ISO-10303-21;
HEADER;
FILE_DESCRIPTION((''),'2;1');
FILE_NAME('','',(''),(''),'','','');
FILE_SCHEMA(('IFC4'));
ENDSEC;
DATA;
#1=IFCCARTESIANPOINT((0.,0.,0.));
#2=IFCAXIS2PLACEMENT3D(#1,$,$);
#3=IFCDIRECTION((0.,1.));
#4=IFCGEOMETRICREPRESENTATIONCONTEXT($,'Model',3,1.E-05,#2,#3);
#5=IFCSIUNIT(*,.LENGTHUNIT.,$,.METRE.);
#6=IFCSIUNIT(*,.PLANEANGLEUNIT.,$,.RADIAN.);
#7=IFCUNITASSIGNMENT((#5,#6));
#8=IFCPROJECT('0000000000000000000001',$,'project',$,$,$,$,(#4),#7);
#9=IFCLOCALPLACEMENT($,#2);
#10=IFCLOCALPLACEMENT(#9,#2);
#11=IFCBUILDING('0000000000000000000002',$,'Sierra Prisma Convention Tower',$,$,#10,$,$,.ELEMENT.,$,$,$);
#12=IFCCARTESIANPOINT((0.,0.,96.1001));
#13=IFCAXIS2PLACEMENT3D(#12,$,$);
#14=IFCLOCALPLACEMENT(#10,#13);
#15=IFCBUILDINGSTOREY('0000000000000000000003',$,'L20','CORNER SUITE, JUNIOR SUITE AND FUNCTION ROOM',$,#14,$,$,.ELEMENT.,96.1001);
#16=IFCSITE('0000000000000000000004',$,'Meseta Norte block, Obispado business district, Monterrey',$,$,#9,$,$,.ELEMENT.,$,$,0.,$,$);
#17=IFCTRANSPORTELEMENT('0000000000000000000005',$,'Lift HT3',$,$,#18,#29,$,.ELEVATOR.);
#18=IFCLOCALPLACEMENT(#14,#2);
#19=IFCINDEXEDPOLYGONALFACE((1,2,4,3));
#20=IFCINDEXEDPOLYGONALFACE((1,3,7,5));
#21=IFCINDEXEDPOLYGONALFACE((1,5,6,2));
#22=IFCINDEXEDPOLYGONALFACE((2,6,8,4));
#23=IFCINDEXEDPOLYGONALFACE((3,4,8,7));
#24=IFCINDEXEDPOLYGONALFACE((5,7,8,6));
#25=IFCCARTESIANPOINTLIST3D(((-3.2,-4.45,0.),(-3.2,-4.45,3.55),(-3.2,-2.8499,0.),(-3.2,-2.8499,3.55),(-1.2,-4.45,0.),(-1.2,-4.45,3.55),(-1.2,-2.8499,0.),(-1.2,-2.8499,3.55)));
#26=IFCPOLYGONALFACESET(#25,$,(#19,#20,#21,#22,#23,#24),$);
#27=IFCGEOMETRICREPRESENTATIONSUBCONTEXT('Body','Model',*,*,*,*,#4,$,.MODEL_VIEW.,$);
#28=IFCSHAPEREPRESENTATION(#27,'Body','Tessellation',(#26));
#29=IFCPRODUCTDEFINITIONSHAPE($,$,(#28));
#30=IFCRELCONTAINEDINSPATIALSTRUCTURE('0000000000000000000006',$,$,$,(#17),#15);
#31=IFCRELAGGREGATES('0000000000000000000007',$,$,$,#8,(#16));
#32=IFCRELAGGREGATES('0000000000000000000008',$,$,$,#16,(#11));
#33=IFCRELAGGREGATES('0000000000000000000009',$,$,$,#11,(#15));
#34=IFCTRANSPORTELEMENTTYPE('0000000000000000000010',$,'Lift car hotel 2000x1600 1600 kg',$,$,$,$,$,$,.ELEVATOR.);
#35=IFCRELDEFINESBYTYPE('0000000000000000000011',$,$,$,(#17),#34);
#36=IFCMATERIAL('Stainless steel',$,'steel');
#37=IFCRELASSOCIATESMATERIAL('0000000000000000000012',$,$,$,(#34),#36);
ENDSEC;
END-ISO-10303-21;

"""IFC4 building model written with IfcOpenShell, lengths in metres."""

from ifc_helpers import new_model, si_unit, direction, frame, origin, origin_2d, place, context, subcontext, project, spatial, rectangle, extrude, material, type_object, element, save


model = new_model("IFC4")

# Units and contexts
model_context = context("Model", 3, precision=1e-05, world=origin(), true_north=direction((0.0, 1.0)))
body_context = subcontext(model_context, "Body", "Model", "MODEL_VIEW")
ifc_project = project(units=[si_unit("LENGTHUNIT", "METRE"), si_unit("PLANEANGLEUNIT", "RADIAN")], contexts=[model_context])

# Site, building, storey
site_placement = place(None, origin())
site = spatial("IfcSite", under=ifc_project, at=site_placement, Name="Meseta Norte block, Obispado business district, Monterrey", CompositionType="ELEMENT", RefElevation=0.0)
building_placement = place(site_placement, origin())
building = spatial("IfcBuilding", under=site, at=building_placement, Name="Sierra Prisma Convention Tower", CompositionType="ELEMENT")
storey_placement = place(building_placement, frame((0.0, 0.0, 96.1001)))
storey = spatial("IfcBuildingStorey", under=building, at=storey_placement, Name="L20", Description="CORNER SUITE, JUNIOR SUITE AND FUNCTION ROOM", CompositionType="ELEMENT", Elevation=96.1001)

# Transport element
ifc_material_1 = material(Name="Stainless steel", Category="steel")
transport_element_type = type_object("IfcTransportElementType", Name="Lift car hotel 2000x1600 1600 kg", PredefinedType="ELEVATOR", material=ifc_material_1)
for number, where, z_axis, x_axis, name in (
    (1, (-2.2, -3.6499, 0.0), (0.0, 0.0, 1.0), (1.0, 0.0, 0.0), "Lift HT3"),
):
    element("IfcTransportElement", number, at=place(storey_placement, frame(where, z_axis=z_axis, x_axis=x_axis)), inside=storey, type_object=transport_element_type, Name=name, PredefinedType="ELEVATOR", context=body_context, shape_type="SweptSolid", body=[
        extrude(rectangle(XDim=2.0, YDim=1.6001, at=origin_2d()), origin(), (0.0, 0.0, 1.0), 3.55),
    ])

save(model, "model.ifc")
